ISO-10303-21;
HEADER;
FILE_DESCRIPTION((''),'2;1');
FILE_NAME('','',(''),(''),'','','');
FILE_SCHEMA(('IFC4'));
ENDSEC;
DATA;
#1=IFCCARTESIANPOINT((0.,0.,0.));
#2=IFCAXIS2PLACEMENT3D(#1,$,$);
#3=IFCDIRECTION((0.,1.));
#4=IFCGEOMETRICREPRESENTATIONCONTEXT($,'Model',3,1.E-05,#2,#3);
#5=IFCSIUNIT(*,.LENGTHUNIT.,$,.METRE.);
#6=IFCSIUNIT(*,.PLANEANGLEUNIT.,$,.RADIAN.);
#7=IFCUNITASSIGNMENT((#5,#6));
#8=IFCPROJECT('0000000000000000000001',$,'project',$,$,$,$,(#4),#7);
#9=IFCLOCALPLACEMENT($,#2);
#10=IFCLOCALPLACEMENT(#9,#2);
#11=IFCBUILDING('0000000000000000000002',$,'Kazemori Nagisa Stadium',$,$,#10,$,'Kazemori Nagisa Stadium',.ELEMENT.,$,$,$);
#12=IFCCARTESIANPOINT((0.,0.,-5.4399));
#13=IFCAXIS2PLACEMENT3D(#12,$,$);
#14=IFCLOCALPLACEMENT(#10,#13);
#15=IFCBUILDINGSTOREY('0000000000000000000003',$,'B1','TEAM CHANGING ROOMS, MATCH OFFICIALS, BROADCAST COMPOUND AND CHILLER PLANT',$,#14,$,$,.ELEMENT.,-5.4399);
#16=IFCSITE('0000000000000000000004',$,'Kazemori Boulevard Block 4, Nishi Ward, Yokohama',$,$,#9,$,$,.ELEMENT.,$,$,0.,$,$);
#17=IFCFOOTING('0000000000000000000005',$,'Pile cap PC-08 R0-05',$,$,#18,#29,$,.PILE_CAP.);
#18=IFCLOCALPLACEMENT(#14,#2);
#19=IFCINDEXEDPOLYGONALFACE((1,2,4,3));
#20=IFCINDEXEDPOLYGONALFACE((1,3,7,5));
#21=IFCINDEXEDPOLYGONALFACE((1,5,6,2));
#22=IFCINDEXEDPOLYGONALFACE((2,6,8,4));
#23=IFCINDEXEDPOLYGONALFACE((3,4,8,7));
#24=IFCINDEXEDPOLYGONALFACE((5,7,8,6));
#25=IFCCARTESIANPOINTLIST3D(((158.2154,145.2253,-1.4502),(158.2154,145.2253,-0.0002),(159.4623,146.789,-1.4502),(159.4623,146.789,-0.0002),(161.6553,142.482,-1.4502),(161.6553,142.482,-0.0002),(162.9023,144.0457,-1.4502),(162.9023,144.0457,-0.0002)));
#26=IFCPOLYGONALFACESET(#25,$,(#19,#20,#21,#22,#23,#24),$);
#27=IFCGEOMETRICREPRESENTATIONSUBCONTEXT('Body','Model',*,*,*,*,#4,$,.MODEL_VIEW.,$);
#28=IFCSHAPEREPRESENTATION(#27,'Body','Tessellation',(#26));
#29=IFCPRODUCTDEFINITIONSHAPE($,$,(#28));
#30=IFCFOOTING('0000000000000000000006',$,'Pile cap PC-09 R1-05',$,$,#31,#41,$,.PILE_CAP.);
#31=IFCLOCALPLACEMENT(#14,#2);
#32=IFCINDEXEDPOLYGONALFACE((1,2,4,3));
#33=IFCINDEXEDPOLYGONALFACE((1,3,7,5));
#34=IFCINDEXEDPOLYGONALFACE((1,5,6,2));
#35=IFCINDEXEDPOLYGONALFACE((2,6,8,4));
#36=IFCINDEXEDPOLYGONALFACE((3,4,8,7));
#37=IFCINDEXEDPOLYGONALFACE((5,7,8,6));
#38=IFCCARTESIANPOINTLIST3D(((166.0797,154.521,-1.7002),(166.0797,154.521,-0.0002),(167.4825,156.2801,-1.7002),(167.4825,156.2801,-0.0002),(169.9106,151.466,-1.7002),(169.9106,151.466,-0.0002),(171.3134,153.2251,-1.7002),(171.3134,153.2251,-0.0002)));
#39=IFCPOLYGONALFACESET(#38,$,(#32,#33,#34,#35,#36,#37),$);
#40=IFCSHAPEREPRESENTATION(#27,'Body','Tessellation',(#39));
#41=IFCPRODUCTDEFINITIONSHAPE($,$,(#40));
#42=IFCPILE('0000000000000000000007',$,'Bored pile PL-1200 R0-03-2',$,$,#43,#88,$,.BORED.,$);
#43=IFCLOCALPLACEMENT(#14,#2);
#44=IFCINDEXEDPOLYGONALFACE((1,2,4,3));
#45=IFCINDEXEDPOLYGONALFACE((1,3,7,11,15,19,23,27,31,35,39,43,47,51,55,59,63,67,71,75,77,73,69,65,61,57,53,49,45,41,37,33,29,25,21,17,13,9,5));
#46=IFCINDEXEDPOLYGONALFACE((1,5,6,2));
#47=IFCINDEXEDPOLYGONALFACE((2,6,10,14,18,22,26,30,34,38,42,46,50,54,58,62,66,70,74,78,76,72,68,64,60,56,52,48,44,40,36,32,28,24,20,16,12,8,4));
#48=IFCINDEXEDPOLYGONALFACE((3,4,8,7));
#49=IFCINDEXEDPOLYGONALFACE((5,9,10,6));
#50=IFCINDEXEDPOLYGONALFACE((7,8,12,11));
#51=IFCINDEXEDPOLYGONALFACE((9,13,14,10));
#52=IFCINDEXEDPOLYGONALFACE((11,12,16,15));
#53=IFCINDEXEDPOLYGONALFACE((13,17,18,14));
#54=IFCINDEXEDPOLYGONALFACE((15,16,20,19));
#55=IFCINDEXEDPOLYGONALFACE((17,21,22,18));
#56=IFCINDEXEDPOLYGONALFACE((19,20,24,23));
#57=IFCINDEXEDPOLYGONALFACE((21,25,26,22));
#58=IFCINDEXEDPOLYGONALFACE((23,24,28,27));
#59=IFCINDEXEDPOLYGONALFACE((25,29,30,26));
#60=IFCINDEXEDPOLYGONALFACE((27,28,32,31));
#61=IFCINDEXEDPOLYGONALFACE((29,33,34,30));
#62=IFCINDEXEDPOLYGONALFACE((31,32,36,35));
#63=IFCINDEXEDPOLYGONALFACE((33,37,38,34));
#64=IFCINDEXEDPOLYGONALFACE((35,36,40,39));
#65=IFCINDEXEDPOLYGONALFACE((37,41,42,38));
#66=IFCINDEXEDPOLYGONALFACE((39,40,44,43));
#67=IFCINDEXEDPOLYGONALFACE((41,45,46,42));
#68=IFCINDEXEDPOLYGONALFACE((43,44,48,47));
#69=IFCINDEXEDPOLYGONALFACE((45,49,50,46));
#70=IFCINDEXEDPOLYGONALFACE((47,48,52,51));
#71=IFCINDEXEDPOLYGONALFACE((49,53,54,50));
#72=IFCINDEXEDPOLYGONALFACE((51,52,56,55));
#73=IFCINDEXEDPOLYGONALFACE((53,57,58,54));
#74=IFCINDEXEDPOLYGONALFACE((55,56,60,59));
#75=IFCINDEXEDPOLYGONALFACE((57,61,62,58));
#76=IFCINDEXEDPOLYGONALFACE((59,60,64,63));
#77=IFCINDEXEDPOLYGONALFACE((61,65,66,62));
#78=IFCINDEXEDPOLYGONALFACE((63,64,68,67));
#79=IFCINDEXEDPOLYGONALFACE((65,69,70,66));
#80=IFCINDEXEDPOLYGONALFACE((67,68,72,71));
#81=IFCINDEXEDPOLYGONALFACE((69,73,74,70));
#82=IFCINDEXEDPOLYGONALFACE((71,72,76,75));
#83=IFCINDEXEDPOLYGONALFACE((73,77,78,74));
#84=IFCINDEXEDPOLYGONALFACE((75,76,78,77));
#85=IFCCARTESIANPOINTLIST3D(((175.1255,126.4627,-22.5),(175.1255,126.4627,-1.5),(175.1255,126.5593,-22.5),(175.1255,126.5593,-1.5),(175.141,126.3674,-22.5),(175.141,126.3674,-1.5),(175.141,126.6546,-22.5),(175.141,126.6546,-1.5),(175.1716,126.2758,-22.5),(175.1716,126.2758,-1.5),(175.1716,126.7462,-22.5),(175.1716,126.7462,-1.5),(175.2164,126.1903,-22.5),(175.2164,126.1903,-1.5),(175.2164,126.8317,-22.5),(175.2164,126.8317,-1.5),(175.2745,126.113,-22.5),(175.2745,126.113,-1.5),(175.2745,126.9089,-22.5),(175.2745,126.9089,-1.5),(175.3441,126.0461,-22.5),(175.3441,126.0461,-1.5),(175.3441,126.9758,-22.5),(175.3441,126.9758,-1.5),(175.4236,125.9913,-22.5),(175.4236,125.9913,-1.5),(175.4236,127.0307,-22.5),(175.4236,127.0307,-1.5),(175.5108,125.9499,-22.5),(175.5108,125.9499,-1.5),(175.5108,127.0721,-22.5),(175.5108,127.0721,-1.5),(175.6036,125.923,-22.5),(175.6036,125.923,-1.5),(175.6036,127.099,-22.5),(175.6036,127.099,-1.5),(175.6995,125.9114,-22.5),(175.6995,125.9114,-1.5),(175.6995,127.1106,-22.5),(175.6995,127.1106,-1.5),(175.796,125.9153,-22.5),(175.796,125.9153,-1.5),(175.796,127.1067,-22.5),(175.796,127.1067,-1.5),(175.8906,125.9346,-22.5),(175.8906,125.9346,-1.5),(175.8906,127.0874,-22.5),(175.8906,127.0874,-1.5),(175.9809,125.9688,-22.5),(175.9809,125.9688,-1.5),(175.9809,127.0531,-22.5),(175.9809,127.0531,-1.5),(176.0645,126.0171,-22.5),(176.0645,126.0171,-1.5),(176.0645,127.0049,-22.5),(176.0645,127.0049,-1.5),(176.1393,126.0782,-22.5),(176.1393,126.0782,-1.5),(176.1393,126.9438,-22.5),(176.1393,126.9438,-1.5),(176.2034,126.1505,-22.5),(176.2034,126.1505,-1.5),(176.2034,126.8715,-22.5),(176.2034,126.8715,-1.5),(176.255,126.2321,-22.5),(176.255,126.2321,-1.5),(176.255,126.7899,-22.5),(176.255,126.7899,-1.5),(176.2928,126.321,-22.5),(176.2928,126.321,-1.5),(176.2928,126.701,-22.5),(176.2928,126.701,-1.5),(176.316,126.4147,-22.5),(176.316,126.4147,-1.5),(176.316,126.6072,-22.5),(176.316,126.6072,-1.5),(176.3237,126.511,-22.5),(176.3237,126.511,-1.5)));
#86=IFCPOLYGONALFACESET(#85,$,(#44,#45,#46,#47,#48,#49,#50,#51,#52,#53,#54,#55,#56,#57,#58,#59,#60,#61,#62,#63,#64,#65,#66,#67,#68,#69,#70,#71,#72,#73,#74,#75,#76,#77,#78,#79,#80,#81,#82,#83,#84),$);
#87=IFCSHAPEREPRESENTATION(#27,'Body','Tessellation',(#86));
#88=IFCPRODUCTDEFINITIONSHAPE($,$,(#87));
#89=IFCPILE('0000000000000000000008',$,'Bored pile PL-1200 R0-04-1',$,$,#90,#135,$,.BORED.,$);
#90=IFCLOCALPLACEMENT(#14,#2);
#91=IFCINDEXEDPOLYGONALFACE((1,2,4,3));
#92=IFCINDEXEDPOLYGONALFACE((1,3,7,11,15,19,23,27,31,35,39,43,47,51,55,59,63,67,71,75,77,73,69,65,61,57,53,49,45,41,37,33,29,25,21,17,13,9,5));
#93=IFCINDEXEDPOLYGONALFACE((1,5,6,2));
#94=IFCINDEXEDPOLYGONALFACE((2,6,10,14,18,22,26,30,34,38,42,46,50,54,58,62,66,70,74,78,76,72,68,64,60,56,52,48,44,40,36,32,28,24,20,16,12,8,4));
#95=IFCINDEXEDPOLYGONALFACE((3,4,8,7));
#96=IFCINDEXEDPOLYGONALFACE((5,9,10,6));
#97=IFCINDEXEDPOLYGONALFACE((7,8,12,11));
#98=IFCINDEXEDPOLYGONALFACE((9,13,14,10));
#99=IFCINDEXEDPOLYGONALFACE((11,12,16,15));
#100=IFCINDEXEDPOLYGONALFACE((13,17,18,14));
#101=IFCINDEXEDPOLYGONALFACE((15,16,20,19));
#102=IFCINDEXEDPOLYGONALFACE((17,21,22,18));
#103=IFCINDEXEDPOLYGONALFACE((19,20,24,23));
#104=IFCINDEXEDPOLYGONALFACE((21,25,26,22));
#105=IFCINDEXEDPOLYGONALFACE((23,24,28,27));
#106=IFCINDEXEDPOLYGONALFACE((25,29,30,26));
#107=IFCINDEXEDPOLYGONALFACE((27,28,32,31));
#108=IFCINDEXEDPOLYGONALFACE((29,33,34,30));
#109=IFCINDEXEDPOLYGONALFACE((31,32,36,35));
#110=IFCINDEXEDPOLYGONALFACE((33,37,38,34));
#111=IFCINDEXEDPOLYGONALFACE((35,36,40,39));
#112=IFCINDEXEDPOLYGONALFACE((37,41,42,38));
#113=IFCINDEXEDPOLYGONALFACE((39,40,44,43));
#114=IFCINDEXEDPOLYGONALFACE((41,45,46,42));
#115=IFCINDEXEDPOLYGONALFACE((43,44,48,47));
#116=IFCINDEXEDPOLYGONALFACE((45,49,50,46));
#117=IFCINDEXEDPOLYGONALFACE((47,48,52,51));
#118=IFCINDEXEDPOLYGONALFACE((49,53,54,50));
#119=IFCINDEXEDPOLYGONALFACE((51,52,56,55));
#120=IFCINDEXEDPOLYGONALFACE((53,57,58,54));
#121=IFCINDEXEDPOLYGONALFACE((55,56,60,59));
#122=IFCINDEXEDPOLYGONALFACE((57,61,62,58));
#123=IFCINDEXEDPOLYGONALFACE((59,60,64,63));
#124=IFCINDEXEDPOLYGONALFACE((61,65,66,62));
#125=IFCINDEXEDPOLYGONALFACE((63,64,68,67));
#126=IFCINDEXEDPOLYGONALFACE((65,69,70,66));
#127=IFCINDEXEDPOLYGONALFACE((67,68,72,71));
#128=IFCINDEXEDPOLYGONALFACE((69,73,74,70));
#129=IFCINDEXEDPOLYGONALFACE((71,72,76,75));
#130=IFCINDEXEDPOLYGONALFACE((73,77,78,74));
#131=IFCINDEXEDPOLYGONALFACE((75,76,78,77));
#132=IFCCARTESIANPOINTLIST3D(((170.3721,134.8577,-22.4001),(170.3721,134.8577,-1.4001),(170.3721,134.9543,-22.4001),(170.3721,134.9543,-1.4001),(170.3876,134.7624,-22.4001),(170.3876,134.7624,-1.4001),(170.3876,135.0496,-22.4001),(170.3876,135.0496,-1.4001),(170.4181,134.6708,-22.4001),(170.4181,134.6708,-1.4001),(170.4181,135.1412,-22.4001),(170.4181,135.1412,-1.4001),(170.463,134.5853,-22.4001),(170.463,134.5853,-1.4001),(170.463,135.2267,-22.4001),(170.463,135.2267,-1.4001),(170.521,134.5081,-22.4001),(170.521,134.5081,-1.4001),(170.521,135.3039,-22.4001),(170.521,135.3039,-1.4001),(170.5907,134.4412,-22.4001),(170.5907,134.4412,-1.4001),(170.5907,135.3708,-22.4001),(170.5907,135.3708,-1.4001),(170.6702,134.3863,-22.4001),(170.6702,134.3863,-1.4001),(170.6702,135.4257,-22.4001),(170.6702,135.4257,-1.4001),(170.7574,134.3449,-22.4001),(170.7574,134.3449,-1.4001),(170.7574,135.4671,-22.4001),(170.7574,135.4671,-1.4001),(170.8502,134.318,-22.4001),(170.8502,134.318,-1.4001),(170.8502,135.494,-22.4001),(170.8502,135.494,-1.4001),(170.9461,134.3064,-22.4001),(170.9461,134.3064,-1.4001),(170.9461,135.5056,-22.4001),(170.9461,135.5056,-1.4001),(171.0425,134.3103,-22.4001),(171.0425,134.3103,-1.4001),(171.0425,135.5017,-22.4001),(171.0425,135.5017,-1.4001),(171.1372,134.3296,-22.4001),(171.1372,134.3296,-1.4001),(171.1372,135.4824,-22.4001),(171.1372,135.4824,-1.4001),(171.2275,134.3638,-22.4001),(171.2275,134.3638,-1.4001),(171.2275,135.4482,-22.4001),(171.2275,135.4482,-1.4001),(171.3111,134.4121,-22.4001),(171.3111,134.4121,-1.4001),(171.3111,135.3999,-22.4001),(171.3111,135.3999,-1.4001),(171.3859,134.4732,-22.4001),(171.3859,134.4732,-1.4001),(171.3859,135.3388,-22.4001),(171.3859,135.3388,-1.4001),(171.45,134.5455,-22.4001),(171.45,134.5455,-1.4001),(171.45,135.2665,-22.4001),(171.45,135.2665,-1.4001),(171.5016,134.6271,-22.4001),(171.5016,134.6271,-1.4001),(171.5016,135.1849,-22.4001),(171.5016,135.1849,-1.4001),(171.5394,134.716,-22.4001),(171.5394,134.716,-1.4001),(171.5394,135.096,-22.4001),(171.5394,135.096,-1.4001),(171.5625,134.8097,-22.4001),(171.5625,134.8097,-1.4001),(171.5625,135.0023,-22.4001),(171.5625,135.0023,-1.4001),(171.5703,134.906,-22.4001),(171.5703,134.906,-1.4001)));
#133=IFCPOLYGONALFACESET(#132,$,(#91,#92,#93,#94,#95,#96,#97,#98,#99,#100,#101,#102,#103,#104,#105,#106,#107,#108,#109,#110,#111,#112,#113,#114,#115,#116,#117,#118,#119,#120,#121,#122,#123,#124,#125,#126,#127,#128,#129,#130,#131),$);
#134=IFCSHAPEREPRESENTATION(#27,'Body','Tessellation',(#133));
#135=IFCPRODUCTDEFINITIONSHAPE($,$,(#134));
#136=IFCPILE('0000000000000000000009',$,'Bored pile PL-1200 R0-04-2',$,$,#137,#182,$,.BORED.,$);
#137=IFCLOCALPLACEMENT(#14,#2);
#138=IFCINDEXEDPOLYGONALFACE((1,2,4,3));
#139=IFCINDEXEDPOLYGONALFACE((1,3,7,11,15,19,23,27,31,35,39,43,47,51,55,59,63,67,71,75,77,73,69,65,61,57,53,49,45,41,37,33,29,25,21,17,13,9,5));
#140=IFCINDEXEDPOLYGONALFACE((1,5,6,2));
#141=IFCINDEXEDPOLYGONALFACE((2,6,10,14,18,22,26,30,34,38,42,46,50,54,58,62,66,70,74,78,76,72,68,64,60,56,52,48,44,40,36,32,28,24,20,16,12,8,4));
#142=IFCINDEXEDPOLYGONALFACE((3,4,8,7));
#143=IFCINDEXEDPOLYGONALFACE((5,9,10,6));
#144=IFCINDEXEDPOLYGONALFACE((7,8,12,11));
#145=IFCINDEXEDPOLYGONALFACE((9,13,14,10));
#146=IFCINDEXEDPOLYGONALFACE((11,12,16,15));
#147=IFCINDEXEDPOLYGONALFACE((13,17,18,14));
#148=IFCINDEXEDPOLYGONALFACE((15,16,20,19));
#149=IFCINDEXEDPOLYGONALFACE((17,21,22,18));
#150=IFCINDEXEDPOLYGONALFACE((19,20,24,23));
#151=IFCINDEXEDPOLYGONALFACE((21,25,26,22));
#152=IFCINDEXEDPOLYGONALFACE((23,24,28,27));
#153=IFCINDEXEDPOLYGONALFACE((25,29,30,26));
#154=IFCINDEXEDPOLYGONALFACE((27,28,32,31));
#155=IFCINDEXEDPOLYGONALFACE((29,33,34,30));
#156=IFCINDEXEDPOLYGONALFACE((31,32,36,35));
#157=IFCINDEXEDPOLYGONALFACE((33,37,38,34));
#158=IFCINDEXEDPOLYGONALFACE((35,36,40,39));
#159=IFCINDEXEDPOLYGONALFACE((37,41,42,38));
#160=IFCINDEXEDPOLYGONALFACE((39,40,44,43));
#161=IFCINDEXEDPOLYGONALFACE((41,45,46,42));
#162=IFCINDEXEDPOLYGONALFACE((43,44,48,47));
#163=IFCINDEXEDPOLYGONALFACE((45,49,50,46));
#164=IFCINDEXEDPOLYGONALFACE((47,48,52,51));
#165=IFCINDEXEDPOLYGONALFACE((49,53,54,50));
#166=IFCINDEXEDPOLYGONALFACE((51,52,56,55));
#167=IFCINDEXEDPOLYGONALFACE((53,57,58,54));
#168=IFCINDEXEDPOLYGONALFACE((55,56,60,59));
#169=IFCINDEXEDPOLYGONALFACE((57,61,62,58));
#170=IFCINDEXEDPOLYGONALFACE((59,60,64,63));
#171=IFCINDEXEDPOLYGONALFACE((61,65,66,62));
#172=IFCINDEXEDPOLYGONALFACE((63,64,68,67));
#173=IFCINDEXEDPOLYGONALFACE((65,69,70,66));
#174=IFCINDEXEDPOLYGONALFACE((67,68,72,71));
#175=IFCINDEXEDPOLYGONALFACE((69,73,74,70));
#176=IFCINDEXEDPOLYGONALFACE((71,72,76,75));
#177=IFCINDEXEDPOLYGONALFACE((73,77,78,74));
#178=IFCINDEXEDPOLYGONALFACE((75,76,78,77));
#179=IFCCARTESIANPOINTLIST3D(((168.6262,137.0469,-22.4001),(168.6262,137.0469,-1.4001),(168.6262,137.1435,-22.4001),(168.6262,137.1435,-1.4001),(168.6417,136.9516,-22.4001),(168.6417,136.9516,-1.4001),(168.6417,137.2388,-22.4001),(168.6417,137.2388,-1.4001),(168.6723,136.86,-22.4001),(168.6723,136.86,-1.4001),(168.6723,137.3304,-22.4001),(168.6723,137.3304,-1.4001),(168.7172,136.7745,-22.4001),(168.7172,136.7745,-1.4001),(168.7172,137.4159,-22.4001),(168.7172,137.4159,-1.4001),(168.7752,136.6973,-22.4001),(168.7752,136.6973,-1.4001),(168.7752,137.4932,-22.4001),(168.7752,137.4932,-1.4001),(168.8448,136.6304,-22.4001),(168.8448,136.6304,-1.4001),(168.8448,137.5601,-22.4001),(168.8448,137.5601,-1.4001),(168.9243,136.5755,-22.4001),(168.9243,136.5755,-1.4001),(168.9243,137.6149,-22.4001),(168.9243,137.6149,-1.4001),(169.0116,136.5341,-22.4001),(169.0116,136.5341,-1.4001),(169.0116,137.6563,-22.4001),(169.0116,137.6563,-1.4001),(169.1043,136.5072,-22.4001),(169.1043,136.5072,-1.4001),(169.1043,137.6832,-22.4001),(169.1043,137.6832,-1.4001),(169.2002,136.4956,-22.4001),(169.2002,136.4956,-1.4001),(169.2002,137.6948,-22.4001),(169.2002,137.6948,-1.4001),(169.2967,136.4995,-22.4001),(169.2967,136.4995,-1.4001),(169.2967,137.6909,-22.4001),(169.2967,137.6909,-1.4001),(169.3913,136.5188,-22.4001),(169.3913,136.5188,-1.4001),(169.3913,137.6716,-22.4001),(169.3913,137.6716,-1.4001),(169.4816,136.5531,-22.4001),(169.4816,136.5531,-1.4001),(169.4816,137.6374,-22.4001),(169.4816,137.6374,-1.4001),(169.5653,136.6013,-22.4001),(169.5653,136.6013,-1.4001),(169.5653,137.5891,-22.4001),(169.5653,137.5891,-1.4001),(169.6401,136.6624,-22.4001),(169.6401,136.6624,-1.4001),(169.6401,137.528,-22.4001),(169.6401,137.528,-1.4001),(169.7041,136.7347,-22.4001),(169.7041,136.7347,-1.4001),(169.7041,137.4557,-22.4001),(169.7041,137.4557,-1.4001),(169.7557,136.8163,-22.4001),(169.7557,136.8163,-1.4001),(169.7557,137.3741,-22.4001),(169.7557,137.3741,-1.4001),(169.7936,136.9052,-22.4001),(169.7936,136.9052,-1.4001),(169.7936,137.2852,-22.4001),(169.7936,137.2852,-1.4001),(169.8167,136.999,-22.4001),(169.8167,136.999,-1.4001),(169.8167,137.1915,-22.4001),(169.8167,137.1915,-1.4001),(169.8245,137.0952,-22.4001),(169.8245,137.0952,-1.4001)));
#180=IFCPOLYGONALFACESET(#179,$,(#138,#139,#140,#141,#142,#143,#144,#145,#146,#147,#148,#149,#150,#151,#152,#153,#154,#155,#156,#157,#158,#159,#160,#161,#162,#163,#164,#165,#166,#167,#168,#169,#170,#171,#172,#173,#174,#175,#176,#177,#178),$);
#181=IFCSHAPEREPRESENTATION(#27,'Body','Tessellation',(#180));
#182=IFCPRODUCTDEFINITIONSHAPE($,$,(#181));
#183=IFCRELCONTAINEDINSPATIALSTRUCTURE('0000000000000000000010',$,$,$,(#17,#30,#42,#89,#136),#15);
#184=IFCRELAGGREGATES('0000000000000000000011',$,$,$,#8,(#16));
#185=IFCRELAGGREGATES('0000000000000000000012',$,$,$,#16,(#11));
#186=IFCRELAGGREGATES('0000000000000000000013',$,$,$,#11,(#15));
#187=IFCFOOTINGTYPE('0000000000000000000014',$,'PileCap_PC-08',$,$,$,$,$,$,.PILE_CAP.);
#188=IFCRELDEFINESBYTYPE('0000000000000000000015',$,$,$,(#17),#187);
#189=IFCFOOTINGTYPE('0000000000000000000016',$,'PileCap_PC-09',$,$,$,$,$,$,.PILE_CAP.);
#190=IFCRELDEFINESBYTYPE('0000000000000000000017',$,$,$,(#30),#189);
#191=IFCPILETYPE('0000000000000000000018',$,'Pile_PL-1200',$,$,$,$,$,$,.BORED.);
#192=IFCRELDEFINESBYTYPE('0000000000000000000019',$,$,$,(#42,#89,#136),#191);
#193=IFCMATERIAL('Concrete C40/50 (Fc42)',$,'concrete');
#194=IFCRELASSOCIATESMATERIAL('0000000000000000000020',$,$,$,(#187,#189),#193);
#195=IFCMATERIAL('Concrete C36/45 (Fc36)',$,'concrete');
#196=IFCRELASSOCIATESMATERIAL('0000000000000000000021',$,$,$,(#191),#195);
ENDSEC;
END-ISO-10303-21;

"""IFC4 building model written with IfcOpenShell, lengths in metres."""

from ifc_helpers import new_model, si_unit, direction, frame, origin, origin_2d, place, context, subcontext, project, spatial, rectangle, circle, extrude, material, material_profile, profile_set, type_object, element, save


model = new_model("IFC4")

# Units and contexts
model_context = context("Model", 3, precision=1e-05, world=origin(), true_north=direction((0.0, 1.0)))
body_context = subcontext(model_context, "Body", "Model", "MODEL_VIEW")
ifc_project = project(units=[si_unit("LENGTHUNIT", "METRE"), si_unit("PLANEANGLEUNIT", "RADIAN")], contexts=[model_context])

# Site, building, storey
site_placement = place(None, origin())
site = spatial("IfcSite", under=ifc_project, at=site_placement, Name="Kazemori Boulevard Block 4, Nishi Ward, Yokohama", CompositionType="ELEMENT", RefElevation=0.0)
building_placement = place(site_placement, origin())
building = spatial("IfcBuilding", under=site, at=building_placement, Name="Kazemori Nagisa Stadium", LongName="Kazemori Nagisa Stadium", CompositionType="ELEMENT")
storey_placement = place(building_placement, frame((0.0, 0.0, -5.4399)))
storey = spatial("IfcBuildingStorey", under=building, at=storey_placement, Name="B1", Description="TEAM CHANGING ROOMS, MATCH OFFICIALS, BROADCAST COMPOUND AND CHILLER PLANT", CompositionType="ELEMENT", Elevation=-5.4399)

# Footings
ifc_material_1 = material(Name="Concrete C40/50 (Fc42)", Category="concrete")
footing_type_1 = type_object("IfcFootingType", Name="PileCap_PC-08", PredefinedType="PILE_CAP", material=ifc_material_1)
footing_1_placement = place(storey_placement, frame((160.5588, 144.6355, -1.4502), z_axis=(0.0, 0.0, 1.0), x_axis=(-0.781831, 0.62349, 0.0)))
element("IfcFooting", 1, at=footing_1_placement, inside=storey, type_object=footing_type_1, Name="Pile cap PC-08 R0-05", PredefinedType="PILE_CAP", context=body_context, shape_type="SweptSolid", body=[
    extrude(rectangle(XDim=4.3999, YDim=2.0, at=origin_2d()), origin(), (0.0, 0.0, 1.0), 1.45),
])
footing_type_2 = type_object("IfcFootingType", Name="PileCap_PC-09", PredefinedType="PILE_CAP", material=ifc_material_1)
footing_2_placement = place(storey_placement, frame((168.6965, 153.873, -1.7002), z_axis=(0.0, 0.0, 1.0), x_axis=(-0.781831, 0.62349, 0.0)))
element("IfcFooting", 2, at=footing_2_placement, inside=storey, type_object=footing_type_2, Name="Pile cap PC-09 R1-05", PredefinedType="PILE_CAP", context=body_context, shape_type="SweptSolid", body=[
    extrude(rectangle(XDim=4.8999, YDim=2.25, at=origin_2d()), origin(), (0.0, 0.0, 1.0), 1.7),
])

# Piles
ifc_material_2 = material(Name="Concrete C36/45 (Fc36)", Category="concrete")
ifc_material_profile_1 = material_profile(ifc_material_2, circle(Radius=0.6001, at=origin_2d()), Name="PILE-D1200")
ifc_profile_set_1 = profile_set([ifc_material_profile_1], Name="Concrete C36/45 (Fc36)")
pile_type = type_object("IfcPileType", Name="Pile_PL-1200", PredefinedType="BORED", material=ifc_profile_set_1)
for number, where, z_axis, x_axis, name in (
    (3, (175.7236, 126.511, -1.5), (0.0, 0.0, -1.0), (1.0, 0.0, 0.0), "Bored pile PL-1200 R0-03-2"),
    (4, (170.9702, 134.906, -1.4001), (0.0, 0.0, -1.0), (1.0, 0.0, 0.0), "Bored pile PL-1200 R0-04-1"),
    (5, (169.2244, 137.0952, -1.4001), (0.0, 0.0, -1.0), (1.0, 0.0, 0.0), "Bored pile PL-1200 R0-04-2"),
):
    element("IfcPile", number, at=place(storey_placement, frame(where, z_axis=z_axis, x_axis=x_axis)), inside=storey, type_object=pile_type, Name=name, PredefinedType="BORED", context=body_context, shape_type="SweptSolid", body=[
        extrude(circle(Radius=0.6001, at=origin_2d()), origin(), (0.0, 0.0, 1.0), 21.0),
    ])

save(model, "model.ifc")
